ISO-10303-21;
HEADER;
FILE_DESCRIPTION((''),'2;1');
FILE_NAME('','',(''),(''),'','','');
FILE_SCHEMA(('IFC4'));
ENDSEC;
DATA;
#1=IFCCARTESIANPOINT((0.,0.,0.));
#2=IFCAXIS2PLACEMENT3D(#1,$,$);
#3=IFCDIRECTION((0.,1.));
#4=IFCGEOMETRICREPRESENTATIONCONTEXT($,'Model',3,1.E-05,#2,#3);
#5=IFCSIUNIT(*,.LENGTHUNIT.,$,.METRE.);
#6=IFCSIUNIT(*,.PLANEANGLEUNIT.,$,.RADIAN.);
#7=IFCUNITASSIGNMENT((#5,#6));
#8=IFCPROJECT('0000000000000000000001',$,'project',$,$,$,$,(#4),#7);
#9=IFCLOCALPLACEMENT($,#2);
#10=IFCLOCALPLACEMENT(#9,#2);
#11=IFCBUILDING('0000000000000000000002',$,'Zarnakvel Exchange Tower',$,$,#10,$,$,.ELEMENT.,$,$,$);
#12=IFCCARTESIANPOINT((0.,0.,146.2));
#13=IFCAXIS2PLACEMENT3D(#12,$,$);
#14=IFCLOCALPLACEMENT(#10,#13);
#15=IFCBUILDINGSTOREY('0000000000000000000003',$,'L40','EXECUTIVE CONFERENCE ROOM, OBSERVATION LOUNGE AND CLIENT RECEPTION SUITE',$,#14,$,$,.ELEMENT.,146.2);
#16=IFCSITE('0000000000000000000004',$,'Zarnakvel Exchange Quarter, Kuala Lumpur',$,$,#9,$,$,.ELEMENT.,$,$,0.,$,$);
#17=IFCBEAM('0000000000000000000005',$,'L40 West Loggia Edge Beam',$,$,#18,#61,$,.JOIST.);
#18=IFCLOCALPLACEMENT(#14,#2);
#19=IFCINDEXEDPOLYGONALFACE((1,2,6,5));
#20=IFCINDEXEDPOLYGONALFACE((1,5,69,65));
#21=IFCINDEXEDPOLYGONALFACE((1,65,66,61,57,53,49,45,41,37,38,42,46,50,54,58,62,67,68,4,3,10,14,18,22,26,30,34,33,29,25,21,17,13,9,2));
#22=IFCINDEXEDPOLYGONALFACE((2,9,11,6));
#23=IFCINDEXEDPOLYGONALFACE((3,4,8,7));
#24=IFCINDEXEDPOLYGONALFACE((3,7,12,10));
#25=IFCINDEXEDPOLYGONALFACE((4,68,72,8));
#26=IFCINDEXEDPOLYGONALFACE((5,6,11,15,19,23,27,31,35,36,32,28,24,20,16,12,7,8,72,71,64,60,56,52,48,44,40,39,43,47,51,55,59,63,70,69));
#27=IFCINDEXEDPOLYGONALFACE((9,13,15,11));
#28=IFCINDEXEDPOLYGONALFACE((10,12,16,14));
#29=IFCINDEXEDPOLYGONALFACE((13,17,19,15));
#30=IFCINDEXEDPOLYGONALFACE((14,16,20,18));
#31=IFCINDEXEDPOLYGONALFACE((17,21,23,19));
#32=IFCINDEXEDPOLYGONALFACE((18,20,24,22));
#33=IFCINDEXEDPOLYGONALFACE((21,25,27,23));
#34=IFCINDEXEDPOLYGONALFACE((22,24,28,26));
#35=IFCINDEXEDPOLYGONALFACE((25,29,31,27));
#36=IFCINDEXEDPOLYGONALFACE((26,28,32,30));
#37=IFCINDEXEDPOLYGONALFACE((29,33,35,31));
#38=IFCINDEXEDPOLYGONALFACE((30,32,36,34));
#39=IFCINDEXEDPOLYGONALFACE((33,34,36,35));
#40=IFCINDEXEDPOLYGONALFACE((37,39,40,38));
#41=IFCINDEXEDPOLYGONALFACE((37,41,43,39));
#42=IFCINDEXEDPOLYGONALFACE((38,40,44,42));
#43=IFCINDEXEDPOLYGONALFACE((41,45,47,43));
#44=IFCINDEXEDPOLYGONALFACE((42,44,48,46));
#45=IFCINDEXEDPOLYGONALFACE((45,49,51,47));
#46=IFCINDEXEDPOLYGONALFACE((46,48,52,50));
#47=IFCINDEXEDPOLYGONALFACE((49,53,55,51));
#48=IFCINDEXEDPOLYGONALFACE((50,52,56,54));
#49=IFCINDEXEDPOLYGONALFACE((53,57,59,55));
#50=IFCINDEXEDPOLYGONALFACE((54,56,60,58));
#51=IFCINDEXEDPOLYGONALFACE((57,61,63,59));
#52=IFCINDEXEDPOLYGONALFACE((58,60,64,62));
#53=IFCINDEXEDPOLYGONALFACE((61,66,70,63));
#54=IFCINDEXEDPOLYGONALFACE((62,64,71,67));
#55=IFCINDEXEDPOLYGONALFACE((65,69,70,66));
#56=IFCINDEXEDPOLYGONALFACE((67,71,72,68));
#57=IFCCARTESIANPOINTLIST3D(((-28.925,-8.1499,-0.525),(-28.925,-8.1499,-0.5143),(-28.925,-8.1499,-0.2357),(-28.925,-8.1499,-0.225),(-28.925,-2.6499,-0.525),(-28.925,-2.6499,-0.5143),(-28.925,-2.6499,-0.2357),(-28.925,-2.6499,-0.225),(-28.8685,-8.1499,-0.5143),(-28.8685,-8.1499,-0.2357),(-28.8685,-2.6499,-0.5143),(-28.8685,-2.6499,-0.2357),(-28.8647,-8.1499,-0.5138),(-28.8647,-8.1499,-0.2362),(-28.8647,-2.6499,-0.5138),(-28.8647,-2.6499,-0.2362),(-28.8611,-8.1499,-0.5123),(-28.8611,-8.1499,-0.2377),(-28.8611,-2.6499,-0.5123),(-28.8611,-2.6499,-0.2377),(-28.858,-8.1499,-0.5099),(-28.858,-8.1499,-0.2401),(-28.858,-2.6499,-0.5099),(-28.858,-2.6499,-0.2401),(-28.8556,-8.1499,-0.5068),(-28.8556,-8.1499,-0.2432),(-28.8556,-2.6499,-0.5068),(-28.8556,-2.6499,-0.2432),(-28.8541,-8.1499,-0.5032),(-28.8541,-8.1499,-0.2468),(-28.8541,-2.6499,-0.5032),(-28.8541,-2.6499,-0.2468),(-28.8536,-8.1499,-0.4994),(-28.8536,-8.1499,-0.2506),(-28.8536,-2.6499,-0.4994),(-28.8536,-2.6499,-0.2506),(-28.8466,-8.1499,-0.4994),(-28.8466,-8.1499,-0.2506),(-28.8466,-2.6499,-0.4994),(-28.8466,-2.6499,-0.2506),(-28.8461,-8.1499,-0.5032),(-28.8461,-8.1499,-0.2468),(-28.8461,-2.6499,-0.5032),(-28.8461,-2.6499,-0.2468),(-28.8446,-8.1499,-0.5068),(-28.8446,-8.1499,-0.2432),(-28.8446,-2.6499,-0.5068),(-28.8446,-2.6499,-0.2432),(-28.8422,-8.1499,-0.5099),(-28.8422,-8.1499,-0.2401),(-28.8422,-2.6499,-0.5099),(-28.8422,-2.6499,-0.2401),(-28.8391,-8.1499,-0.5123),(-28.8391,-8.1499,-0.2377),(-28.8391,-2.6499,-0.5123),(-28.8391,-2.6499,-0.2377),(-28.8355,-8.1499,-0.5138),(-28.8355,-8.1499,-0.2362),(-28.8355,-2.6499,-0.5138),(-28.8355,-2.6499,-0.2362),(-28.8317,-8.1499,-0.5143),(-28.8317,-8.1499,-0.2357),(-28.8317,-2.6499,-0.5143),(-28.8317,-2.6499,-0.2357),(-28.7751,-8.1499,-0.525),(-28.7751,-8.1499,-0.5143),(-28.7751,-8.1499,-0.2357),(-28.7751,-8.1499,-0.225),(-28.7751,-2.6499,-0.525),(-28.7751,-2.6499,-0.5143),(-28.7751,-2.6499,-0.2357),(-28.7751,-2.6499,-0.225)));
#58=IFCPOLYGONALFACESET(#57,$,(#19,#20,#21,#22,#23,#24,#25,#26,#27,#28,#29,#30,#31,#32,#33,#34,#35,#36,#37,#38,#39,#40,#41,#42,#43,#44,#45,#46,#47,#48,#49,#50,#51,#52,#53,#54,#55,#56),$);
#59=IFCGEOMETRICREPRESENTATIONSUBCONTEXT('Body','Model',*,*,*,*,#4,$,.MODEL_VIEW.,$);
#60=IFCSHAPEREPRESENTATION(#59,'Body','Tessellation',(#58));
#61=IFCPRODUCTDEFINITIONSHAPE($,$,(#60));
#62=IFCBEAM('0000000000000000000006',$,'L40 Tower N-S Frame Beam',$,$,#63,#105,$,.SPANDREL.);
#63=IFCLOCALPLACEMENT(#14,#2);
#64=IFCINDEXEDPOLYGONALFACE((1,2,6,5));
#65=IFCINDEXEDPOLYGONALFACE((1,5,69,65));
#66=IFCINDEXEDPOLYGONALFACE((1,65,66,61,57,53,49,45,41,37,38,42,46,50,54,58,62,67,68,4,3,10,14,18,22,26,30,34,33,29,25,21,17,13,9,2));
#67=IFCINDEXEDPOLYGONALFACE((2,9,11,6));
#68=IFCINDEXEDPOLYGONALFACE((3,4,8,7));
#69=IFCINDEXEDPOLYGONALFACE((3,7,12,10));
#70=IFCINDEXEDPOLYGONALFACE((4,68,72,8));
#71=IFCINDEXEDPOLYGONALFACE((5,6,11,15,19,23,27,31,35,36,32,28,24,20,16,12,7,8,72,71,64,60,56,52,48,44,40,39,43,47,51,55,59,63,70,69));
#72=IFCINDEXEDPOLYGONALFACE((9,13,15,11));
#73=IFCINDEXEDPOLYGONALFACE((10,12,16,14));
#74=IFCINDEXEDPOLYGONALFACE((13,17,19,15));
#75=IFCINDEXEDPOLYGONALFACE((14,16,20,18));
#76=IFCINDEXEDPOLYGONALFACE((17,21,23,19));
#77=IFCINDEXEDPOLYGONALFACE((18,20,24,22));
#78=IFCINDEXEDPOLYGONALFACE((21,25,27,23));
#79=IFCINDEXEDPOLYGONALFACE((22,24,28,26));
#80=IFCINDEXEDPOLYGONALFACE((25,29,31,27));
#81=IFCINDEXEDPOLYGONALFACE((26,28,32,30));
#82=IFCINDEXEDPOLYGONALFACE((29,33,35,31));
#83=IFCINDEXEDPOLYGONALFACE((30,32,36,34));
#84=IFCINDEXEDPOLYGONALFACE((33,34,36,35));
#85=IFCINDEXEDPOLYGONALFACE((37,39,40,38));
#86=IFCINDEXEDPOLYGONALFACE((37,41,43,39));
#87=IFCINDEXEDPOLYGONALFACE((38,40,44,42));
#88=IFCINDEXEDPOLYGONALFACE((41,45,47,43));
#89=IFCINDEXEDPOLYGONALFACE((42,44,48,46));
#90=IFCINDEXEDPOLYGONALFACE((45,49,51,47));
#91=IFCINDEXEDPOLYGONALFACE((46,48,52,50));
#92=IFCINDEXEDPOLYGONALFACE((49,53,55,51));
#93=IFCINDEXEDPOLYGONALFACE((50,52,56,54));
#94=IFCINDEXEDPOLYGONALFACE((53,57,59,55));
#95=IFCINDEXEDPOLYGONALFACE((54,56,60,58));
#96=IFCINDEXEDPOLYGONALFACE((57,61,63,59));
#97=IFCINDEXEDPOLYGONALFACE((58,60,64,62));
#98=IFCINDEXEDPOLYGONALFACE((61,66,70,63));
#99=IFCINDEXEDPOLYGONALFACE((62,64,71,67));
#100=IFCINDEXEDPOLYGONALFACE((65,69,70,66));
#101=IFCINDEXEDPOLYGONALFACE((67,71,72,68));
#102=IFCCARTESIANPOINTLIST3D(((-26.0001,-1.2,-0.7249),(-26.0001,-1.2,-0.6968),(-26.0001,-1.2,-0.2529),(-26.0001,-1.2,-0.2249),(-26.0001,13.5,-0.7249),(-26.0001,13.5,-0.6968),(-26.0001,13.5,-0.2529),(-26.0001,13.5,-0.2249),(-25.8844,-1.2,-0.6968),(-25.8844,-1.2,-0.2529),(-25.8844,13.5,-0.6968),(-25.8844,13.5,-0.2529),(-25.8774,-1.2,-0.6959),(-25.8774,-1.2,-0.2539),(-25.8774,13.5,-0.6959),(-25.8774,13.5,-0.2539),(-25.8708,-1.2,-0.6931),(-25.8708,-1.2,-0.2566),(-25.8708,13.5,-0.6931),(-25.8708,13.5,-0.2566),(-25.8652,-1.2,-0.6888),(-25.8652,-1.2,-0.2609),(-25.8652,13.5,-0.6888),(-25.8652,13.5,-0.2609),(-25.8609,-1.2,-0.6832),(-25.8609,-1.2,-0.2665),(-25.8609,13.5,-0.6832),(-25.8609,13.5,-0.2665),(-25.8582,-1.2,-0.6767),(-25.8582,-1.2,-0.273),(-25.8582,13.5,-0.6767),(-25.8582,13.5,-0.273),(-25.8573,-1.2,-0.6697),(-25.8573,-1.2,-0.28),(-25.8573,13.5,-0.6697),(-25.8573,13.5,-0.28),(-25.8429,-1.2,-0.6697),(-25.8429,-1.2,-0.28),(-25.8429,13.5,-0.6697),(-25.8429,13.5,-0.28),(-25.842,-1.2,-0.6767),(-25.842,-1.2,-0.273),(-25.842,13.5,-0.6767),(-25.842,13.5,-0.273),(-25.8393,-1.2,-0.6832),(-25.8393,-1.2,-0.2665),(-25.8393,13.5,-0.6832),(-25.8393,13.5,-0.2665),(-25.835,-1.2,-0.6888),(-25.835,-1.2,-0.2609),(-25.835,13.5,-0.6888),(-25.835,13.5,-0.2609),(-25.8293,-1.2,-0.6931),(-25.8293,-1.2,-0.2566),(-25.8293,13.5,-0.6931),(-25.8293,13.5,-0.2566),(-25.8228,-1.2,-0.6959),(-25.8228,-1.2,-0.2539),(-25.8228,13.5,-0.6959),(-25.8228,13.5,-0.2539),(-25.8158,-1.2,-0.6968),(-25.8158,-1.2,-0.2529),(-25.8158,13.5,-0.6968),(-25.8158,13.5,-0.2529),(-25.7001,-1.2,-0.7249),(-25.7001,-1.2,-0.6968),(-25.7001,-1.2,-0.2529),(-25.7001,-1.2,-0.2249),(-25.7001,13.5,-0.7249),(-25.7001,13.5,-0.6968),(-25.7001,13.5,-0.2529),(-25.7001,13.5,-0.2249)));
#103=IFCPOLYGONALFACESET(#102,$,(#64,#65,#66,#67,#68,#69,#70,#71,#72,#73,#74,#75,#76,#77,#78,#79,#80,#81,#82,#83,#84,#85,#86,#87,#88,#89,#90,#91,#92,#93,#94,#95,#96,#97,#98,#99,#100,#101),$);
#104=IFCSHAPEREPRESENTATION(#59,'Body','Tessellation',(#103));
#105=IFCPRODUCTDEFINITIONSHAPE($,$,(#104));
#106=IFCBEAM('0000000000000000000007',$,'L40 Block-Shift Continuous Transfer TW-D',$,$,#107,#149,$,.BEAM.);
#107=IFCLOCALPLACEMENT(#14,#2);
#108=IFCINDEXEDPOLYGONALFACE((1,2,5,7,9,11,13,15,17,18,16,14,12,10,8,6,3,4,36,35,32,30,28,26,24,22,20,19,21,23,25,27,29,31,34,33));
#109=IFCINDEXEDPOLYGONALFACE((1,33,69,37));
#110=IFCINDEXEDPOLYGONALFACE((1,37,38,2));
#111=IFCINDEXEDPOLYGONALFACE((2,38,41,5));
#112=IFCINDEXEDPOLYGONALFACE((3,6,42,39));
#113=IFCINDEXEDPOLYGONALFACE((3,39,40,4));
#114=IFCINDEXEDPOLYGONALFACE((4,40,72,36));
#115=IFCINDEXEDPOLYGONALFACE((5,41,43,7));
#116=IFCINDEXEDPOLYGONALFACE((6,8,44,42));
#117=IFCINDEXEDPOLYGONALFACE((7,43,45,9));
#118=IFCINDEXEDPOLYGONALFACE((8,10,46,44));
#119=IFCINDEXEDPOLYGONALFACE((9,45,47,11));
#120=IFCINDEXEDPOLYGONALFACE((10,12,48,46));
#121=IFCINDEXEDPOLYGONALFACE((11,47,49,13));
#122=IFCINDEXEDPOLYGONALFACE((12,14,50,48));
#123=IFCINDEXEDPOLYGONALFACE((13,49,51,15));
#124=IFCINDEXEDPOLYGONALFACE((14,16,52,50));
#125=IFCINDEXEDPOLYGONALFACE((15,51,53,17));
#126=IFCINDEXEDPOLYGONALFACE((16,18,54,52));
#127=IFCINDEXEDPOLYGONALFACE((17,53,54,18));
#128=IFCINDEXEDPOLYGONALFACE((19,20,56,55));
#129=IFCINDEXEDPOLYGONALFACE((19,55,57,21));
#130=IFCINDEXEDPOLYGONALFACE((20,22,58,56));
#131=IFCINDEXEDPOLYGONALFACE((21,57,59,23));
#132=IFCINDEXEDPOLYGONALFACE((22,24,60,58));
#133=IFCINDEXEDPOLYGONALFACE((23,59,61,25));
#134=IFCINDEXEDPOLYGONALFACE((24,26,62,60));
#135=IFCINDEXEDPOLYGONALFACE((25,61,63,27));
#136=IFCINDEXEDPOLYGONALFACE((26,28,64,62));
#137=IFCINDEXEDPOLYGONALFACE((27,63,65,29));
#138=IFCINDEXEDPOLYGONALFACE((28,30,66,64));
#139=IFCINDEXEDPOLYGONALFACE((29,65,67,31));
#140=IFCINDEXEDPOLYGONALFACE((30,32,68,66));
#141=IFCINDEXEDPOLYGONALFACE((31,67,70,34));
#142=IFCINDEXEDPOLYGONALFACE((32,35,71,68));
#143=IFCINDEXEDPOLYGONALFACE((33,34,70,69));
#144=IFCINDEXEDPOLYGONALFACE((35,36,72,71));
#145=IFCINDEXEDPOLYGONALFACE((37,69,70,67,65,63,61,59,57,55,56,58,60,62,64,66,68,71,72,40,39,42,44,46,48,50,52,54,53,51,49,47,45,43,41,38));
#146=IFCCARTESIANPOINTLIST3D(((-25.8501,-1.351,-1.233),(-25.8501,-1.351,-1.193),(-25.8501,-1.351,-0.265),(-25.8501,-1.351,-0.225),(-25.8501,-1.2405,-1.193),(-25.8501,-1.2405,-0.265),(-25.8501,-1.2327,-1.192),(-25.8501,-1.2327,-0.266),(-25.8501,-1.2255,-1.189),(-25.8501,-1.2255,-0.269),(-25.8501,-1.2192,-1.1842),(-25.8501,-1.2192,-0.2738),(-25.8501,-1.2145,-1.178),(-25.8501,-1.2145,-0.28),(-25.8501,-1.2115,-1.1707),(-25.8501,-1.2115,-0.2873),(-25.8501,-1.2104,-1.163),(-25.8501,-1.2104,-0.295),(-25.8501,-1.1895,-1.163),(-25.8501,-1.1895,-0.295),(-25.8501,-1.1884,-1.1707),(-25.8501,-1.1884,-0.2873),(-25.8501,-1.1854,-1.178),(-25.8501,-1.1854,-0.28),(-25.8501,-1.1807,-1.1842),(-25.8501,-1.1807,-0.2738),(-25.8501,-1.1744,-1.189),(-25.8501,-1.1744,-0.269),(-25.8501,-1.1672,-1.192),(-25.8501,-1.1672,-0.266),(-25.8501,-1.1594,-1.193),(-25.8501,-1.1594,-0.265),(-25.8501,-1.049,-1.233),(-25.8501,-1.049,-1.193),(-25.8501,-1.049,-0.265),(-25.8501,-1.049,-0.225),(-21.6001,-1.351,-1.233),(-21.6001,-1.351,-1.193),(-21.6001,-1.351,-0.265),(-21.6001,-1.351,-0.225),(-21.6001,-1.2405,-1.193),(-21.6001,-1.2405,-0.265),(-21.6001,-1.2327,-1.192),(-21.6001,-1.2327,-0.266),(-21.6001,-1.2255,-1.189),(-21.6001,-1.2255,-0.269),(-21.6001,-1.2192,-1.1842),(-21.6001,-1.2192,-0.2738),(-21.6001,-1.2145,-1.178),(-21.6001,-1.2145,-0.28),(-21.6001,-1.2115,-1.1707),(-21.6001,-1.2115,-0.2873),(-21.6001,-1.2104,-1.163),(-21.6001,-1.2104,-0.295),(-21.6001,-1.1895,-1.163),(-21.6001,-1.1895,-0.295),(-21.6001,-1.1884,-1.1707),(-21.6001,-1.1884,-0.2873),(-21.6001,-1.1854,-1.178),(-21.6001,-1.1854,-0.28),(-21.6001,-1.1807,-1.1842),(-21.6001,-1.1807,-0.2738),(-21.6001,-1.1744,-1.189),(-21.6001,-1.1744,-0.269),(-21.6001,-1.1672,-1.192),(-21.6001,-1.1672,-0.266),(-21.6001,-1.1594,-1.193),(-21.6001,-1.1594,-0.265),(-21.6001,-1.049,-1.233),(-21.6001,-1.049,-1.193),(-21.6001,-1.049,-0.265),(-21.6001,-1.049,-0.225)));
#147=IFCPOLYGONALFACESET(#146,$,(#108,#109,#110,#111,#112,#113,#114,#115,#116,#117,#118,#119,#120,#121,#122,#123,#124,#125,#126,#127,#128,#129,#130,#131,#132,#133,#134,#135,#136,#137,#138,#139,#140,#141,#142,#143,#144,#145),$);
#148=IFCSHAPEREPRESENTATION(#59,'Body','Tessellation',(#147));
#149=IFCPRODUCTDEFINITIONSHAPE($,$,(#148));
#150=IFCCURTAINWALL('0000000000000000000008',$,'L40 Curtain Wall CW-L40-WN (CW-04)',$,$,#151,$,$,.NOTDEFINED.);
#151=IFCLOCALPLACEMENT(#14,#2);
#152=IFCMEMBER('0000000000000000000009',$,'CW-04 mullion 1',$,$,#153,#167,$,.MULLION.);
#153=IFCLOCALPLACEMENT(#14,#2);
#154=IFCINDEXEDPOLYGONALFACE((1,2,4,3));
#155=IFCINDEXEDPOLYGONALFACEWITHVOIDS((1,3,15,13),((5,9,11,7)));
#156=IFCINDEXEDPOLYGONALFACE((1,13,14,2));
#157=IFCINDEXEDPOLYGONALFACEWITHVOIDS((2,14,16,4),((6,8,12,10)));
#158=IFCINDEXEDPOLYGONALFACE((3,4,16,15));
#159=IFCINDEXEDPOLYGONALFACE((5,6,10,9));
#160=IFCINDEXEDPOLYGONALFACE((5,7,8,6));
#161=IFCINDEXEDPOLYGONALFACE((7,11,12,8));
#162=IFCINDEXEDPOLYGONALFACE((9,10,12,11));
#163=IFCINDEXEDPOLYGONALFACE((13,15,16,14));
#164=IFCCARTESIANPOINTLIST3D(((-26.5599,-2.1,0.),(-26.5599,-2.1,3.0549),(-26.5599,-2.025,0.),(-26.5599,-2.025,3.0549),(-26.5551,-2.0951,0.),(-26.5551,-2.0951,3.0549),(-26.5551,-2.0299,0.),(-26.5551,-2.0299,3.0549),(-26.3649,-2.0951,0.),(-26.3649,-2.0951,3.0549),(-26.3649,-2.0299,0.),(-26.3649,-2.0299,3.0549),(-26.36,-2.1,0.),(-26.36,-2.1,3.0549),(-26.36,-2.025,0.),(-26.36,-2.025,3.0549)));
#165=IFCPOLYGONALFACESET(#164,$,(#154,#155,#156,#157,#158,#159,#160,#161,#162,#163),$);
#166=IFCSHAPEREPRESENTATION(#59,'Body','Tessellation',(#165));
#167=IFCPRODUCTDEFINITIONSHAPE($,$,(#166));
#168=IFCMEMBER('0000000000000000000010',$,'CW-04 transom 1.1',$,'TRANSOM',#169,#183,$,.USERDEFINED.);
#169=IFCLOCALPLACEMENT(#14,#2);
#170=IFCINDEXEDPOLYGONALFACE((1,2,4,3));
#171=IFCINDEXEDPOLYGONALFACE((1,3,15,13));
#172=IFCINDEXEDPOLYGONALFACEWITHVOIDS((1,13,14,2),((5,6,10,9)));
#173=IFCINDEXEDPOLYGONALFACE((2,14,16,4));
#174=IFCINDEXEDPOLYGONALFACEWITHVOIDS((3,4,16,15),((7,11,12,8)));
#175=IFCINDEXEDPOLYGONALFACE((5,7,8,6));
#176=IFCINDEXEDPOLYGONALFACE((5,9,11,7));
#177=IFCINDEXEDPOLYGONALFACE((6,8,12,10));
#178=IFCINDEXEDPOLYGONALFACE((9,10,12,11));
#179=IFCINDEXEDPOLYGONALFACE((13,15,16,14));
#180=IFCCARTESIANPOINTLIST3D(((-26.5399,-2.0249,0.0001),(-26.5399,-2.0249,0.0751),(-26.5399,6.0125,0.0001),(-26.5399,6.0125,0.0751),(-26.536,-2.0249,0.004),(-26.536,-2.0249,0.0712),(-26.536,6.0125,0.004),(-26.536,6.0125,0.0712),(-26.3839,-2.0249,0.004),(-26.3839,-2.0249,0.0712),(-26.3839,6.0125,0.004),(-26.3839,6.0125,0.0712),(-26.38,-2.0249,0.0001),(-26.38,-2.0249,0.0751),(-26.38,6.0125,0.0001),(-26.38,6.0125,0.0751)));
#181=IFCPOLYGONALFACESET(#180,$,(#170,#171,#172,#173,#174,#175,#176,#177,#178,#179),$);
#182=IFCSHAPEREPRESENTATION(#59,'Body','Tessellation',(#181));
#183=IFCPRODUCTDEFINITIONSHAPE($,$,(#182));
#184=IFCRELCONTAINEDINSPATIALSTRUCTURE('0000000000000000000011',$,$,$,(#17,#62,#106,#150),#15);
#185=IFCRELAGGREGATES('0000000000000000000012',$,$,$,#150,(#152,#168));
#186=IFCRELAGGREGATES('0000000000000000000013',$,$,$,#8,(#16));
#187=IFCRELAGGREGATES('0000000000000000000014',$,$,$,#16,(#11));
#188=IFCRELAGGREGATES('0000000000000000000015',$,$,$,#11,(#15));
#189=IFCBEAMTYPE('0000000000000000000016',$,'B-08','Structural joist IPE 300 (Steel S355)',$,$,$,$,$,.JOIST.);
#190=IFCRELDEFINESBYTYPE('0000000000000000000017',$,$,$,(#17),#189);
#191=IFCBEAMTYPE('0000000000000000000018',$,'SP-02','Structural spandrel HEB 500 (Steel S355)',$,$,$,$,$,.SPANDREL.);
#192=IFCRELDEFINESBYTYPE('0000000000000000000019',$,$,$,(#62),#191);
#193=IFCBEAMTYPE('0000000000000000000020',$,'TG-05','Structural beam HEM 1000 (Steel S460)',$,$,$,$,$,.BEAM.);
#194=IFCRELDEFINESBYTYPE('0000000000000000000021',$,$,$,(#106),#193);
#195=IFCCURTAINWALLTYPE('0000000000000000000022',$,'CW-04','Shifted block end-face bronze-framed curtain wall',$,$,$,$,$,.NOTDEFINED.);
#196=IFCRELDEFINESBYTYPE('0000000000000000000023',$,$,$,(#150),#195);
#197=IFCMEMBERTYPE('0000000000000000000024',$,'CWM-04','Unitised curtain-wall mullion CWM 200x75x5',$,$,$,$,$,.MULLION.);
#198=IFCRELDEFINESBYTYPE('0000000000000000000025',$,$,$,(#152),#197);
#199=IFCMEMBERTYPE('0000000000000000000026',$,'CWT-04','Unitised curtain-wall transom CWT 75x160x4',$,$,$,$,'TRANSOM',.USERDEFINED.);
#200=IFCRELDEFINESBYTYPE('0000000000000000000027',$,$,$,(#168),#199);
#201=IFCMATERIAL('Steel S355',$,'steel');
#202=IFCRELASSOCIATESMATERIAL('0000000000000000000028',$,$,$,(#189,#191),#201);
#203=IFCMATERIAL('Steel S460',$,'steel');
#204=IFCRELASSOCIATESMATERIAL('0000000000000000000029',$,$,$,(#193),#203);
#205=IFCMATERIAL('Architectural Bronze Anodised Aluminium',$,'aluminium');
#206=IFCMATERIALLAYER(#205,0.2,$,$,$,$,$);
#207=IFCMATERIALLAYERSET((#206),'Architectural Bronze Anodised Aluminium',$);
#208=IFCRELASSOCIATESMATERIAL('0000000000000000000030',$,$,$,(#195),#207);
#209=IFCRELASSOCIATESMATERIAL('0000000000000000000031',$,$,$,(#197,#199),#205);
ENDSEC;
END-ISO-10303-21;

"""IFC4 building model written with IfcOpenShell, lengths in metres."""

from ifc_helpers import new_model, si_unit, direction, frame, origin, origin_2d, place, context, subcontext, project, spatial, hollow_rectangle, i_section, extrude, source, transform, mapped, material, layer, layer_set, material_profile, profile_set, type_object, element, aggregate, save


model = new_model("IFC4")

# Units and contexts
model_context = context("Model", 3, precision=1e-05, world=origin(), true_north=direction((0.0, 1.0)))
body_context = subcontext(model_context, "Body", "Model", "MODEL_VIEW")
ifc_project = project(units=[si_unit("LENGTHUNIT", "METRE"), si_unit("PLANEANGLEUNIT", "RADIAN")], contexts=[model_context])

# Site, building, storey
site_placement = place(None, origin())
site = spatial("IfcSite", under=ifc_project, at=site_placement, Name="Zarnakvel Exchange Quarter, Kuala Lumpur", CompositionType="ELEMENT", RefElevation=0.0)
building_placement = place(site_placement, origin())
building = spatial("IfcBuilding", under=site, at=building_placement, Name="Zarnakvel Exchange Tower", CompositionType="ELEMENT")
storey_placement = place(building_placement, frame((0.0, 0.0, 146.2)))
storey = spatial("IfcBuildingStorey", under=building, at=storey_placement, Name="L40", Description="EXECUTIVE CONFERENCE ROOM, OBSERVATION LOUNGE AND CLIENT RECEPTION SUITE", CompositionType="ELEMENT", Elevation=146.2)

# Shared definitions
ifc_material_1 = material(Name="Steel S355", Category="steel")

# Beams
ifc_material_profile_1 = material_profile(ifc_material_1, i_section(OverallWidth=0.1499, OverallDepth=0.3, WebThickness=0.0071, FlangeThickness=0.0107, FilletRadius=0.0149, at=origin_2d()))
ifc_profile_set_1 = profile_set([ifc_material_profile_1], Name="Steel S355")
beam_type_1 = type_object("IfcBeamType", Name="B-08", Description="Structural joist IPE 300 (Steel S355)", PredefinedType="JOIST", material=ifc_profile_set_1)
beam_1_placement = place(storey_placement, frame((-28.8501, -8.1499, -0.375), z_axis=(0.0, 1.0, 0.0), x_axis=(-1.0, 0.0, 0.0)))
element("IfcBeam", 1, at=beam_1_placement, inside=storey, type_object=beam_type_1, Name="L40 West Loggia Edge Beam", PredefinedType="JOIST", context=body_context, shape_type="SweptSolid", body=[
    extrude(i_section(OverallWidth=0.1499, OverallDepth=0.3, WebThickness=0.0071, FlangeThickness=0.0107, FilletRadius=0.0149, at=origin_2d()), origin(), (0.0, 0.0, 1.0), 5.5),
])
ifc_material_profile_2 = material_profile(ifc_material_1, i_section(OverallWidth=0.3, OverallDepth=0.5, WebThickness=0.0144, FlangeThickness=0.0281, FilletRadius=0.0271, at=origin_2d()))
ifc_profile_set_2 = profile_set([ifc_material_profile_2], Name="Steel S355")
beam_type_2 = type_object("IfcBeamType", Name="SP-02", Description="Structural spandrel HEB 500 (Steel S355)", PredefinedType="SPANDREL", material=ifc_profile_set_2)
beam_2_placement = place(storey_placement, frame((-25.8501, -1.2, -0.4749), z_axis=(0.0, 1.0, 0.0), x_axis=(-1.0, 0.0, 0.0)))
element("IfcBeam", 2, at=beam_2_placement, inside=storey, type_object=beam_type_2, Name="L40 Tower N-S Frame Beam", PredefinedType="SPANDREL", context=body_context, shape_type="SweptSolid", body=[
    extrude(i_section(OverallWidth=0.3, OverallDepth=0.5, WebThickness=0.0144, FlangeThickness=0.0281, FilletRadius=0.0271, at=origin_2d()), origin(), (0.0, 0.0, 1.0), 14.7),
])
ifc_material_2 = material(Name="Steel S460", Category="steel")
ifc_material_profile_3 = material_profile(ifc_material_2, i_section(OverallWidth=0.302, OverallDepth=1.0081, WebThickness=0.021, FlangeThickness=0.04, FilletRadius=0.03, at=origin_2d()))
ifc_profile_set_3 = profile_set([ifc_material_profile_3], Name="Steel S460")
beam_type_3 = type_object("IfcBeamType", Name="TG-05", Description="Structural beam HEM 1000 (Steel S460)", PredefinedType="BEAM", material=ifc_profile_set_3)
beam_3_placement = place(storey_placement, frame((-25.8501, -1.2, -0.729), z_axis=(1.0, 0.0, 0.0), x_axis=(0.0, 1.0, 0.0)))
element("IfcBeam", 3, at=beam_3_placement, inside=storey, type_object=beam_type_3, Name="L40 Block-Shift Continuous Transfer TW-D", PredefinedType="BEAM", context=body_context, shape_type="SweptSolid", body=[
    extrude(i_section(OverallWidth=0.302, OverallDepth=1.0081, WebThickness=0.021, FlangeThickness=0.04, FilletRadius=0.03, at=origin_2d()), origin(), (0.0, 0.0, 1.0), 4.25),
])

# Curtain wall, members
ifc_material_3 = material(Name="Architectural Bronze Anodised Aluminium", Category="aluminium")
ifc_layer_1 = layer(ifc_material_3, 0.2)
ifc_layer_set_1 = layer_set([ifc_layer_1], Name="Architectural Bronze Anodised Aluminium")
curtain_wall_type = type_object("IfcCurtainWallType", Name="CW-04", Description="Shifted block end-face bronze-framed curtain wall", PredefinedType="NOTDEFINED", material=ifc_layer_set_1)
curtain_wall_placement = place(storey_placement, origin())
curtain_wall = element("IfcCurtainWall", 4, at=curtain_wall_placement, inside=storey, type_object=curtain_wall_type, Name="L40 Curtain Wall CW-L40-WN (CW-04)", PredefinedType="NOTDEFINED")
ifc_material_profile_4 = material_profile(ifc_material_3, hollow_rectangle(XDim=0.2, YDim=0.075, WallThickness=0.0049, at=origin_2d()))
ifc_profile_set_4 = profile_set([ifc_material_profile_4], Name="Architectural Bronze Anodised Aluminium")
member_type_1 = type_object("IfcMemberType", Name="CWM-04", Description="Unitised curtain-wall mullion CWM 200x75x5", PredefinedType="MULLION", material=ifc_profile_set_4)
shared_shape_1 = source(origin(), body_context, "Body", "SweptSolid", [
    extrude(hollow_rectangle(XDim=0.2, YDim=0.075, WallThickness=0.0049, at=origin_2d()), origin(), (0.0, 0.0, 1.0), 3.0549),
])
member_1_placement = place(storey_placement, frame((-26.46, -2.0625, 0.0), z_axis=(0.0, 0.0, 1.0), x_axis=(-1.0, 0.0, 0.0)))
member_1 = element("IfcMember", 5, at=member_1_placement, type_object=member_type_1, Name="CW-04 mullion 1", PredefinedType="MULLION", context=body_context, shape_type="MappedRepresentation", body=[
    mapped(shared_shape_1, transform((0.0, 0.0, 0.0), x_axis=(1.0, 0.0, 0.0), y_axis=(0.0, 1.0, 0.0), z_axis=(0.0, 0.0, 1.0), scale=1.0)),
])
ifc_material_profile_5 = material_profile(ifc_material_3, hollow_rectangle(XDim=0.1599, YDim=0.075, WallThickness=0.0039, at=origin_2d()))
ifc_profile_set_5 = profile_set([ifc_material_profile_5], Name="Architectural Bronze Anodised Aluminium")
member_type_2 = type_object("IfcMemberType", Name="CWT-04", Description="Unitised curtain-wall transom CWT 75x160x4", ElementType="TRANSOM", PredefinedType="USERDEFINED", material=ifc_profile_set_5)
shared_shape_2 = source(origin(), body_context, "Body", "SweptSolid", [
    extrude(hollow_rectangle(XDim=0.1599, YDim=0.075, WallThickness=0.0039, at=origin_2d()), origin(), (0.0, 0.0, 1.0), 8.0374),
])
member_2_placement = place(storey_placement, frame((-26.46, -2.0249, 0.0376), z_axis=(0.0, 1.0, 0.0), x_axis=(-1.0, 0.0, 0.0)))
member_2 = element("IfcMember", 6, at=member_2_placement, type_object=member_type_2, Name="CW-04 transom 1.1", ObjectType="TRANSOM", PredefinedType="USERDEFINED", context=body_context, shape_type="MappedRepresentation", body=[
    mapped(shared_shape_2, transform((0.0, 0.0, 0.0), x_axis=(1.0, 0.0, 0.0), y_axis=(0.0, 1.0, 0.0), z_axis=(0.0, 0.0, 1.0), scale=1.0)),
])
aggregate(curtain_wall, [member_1, member_2])

save(model, "model.ifc")
